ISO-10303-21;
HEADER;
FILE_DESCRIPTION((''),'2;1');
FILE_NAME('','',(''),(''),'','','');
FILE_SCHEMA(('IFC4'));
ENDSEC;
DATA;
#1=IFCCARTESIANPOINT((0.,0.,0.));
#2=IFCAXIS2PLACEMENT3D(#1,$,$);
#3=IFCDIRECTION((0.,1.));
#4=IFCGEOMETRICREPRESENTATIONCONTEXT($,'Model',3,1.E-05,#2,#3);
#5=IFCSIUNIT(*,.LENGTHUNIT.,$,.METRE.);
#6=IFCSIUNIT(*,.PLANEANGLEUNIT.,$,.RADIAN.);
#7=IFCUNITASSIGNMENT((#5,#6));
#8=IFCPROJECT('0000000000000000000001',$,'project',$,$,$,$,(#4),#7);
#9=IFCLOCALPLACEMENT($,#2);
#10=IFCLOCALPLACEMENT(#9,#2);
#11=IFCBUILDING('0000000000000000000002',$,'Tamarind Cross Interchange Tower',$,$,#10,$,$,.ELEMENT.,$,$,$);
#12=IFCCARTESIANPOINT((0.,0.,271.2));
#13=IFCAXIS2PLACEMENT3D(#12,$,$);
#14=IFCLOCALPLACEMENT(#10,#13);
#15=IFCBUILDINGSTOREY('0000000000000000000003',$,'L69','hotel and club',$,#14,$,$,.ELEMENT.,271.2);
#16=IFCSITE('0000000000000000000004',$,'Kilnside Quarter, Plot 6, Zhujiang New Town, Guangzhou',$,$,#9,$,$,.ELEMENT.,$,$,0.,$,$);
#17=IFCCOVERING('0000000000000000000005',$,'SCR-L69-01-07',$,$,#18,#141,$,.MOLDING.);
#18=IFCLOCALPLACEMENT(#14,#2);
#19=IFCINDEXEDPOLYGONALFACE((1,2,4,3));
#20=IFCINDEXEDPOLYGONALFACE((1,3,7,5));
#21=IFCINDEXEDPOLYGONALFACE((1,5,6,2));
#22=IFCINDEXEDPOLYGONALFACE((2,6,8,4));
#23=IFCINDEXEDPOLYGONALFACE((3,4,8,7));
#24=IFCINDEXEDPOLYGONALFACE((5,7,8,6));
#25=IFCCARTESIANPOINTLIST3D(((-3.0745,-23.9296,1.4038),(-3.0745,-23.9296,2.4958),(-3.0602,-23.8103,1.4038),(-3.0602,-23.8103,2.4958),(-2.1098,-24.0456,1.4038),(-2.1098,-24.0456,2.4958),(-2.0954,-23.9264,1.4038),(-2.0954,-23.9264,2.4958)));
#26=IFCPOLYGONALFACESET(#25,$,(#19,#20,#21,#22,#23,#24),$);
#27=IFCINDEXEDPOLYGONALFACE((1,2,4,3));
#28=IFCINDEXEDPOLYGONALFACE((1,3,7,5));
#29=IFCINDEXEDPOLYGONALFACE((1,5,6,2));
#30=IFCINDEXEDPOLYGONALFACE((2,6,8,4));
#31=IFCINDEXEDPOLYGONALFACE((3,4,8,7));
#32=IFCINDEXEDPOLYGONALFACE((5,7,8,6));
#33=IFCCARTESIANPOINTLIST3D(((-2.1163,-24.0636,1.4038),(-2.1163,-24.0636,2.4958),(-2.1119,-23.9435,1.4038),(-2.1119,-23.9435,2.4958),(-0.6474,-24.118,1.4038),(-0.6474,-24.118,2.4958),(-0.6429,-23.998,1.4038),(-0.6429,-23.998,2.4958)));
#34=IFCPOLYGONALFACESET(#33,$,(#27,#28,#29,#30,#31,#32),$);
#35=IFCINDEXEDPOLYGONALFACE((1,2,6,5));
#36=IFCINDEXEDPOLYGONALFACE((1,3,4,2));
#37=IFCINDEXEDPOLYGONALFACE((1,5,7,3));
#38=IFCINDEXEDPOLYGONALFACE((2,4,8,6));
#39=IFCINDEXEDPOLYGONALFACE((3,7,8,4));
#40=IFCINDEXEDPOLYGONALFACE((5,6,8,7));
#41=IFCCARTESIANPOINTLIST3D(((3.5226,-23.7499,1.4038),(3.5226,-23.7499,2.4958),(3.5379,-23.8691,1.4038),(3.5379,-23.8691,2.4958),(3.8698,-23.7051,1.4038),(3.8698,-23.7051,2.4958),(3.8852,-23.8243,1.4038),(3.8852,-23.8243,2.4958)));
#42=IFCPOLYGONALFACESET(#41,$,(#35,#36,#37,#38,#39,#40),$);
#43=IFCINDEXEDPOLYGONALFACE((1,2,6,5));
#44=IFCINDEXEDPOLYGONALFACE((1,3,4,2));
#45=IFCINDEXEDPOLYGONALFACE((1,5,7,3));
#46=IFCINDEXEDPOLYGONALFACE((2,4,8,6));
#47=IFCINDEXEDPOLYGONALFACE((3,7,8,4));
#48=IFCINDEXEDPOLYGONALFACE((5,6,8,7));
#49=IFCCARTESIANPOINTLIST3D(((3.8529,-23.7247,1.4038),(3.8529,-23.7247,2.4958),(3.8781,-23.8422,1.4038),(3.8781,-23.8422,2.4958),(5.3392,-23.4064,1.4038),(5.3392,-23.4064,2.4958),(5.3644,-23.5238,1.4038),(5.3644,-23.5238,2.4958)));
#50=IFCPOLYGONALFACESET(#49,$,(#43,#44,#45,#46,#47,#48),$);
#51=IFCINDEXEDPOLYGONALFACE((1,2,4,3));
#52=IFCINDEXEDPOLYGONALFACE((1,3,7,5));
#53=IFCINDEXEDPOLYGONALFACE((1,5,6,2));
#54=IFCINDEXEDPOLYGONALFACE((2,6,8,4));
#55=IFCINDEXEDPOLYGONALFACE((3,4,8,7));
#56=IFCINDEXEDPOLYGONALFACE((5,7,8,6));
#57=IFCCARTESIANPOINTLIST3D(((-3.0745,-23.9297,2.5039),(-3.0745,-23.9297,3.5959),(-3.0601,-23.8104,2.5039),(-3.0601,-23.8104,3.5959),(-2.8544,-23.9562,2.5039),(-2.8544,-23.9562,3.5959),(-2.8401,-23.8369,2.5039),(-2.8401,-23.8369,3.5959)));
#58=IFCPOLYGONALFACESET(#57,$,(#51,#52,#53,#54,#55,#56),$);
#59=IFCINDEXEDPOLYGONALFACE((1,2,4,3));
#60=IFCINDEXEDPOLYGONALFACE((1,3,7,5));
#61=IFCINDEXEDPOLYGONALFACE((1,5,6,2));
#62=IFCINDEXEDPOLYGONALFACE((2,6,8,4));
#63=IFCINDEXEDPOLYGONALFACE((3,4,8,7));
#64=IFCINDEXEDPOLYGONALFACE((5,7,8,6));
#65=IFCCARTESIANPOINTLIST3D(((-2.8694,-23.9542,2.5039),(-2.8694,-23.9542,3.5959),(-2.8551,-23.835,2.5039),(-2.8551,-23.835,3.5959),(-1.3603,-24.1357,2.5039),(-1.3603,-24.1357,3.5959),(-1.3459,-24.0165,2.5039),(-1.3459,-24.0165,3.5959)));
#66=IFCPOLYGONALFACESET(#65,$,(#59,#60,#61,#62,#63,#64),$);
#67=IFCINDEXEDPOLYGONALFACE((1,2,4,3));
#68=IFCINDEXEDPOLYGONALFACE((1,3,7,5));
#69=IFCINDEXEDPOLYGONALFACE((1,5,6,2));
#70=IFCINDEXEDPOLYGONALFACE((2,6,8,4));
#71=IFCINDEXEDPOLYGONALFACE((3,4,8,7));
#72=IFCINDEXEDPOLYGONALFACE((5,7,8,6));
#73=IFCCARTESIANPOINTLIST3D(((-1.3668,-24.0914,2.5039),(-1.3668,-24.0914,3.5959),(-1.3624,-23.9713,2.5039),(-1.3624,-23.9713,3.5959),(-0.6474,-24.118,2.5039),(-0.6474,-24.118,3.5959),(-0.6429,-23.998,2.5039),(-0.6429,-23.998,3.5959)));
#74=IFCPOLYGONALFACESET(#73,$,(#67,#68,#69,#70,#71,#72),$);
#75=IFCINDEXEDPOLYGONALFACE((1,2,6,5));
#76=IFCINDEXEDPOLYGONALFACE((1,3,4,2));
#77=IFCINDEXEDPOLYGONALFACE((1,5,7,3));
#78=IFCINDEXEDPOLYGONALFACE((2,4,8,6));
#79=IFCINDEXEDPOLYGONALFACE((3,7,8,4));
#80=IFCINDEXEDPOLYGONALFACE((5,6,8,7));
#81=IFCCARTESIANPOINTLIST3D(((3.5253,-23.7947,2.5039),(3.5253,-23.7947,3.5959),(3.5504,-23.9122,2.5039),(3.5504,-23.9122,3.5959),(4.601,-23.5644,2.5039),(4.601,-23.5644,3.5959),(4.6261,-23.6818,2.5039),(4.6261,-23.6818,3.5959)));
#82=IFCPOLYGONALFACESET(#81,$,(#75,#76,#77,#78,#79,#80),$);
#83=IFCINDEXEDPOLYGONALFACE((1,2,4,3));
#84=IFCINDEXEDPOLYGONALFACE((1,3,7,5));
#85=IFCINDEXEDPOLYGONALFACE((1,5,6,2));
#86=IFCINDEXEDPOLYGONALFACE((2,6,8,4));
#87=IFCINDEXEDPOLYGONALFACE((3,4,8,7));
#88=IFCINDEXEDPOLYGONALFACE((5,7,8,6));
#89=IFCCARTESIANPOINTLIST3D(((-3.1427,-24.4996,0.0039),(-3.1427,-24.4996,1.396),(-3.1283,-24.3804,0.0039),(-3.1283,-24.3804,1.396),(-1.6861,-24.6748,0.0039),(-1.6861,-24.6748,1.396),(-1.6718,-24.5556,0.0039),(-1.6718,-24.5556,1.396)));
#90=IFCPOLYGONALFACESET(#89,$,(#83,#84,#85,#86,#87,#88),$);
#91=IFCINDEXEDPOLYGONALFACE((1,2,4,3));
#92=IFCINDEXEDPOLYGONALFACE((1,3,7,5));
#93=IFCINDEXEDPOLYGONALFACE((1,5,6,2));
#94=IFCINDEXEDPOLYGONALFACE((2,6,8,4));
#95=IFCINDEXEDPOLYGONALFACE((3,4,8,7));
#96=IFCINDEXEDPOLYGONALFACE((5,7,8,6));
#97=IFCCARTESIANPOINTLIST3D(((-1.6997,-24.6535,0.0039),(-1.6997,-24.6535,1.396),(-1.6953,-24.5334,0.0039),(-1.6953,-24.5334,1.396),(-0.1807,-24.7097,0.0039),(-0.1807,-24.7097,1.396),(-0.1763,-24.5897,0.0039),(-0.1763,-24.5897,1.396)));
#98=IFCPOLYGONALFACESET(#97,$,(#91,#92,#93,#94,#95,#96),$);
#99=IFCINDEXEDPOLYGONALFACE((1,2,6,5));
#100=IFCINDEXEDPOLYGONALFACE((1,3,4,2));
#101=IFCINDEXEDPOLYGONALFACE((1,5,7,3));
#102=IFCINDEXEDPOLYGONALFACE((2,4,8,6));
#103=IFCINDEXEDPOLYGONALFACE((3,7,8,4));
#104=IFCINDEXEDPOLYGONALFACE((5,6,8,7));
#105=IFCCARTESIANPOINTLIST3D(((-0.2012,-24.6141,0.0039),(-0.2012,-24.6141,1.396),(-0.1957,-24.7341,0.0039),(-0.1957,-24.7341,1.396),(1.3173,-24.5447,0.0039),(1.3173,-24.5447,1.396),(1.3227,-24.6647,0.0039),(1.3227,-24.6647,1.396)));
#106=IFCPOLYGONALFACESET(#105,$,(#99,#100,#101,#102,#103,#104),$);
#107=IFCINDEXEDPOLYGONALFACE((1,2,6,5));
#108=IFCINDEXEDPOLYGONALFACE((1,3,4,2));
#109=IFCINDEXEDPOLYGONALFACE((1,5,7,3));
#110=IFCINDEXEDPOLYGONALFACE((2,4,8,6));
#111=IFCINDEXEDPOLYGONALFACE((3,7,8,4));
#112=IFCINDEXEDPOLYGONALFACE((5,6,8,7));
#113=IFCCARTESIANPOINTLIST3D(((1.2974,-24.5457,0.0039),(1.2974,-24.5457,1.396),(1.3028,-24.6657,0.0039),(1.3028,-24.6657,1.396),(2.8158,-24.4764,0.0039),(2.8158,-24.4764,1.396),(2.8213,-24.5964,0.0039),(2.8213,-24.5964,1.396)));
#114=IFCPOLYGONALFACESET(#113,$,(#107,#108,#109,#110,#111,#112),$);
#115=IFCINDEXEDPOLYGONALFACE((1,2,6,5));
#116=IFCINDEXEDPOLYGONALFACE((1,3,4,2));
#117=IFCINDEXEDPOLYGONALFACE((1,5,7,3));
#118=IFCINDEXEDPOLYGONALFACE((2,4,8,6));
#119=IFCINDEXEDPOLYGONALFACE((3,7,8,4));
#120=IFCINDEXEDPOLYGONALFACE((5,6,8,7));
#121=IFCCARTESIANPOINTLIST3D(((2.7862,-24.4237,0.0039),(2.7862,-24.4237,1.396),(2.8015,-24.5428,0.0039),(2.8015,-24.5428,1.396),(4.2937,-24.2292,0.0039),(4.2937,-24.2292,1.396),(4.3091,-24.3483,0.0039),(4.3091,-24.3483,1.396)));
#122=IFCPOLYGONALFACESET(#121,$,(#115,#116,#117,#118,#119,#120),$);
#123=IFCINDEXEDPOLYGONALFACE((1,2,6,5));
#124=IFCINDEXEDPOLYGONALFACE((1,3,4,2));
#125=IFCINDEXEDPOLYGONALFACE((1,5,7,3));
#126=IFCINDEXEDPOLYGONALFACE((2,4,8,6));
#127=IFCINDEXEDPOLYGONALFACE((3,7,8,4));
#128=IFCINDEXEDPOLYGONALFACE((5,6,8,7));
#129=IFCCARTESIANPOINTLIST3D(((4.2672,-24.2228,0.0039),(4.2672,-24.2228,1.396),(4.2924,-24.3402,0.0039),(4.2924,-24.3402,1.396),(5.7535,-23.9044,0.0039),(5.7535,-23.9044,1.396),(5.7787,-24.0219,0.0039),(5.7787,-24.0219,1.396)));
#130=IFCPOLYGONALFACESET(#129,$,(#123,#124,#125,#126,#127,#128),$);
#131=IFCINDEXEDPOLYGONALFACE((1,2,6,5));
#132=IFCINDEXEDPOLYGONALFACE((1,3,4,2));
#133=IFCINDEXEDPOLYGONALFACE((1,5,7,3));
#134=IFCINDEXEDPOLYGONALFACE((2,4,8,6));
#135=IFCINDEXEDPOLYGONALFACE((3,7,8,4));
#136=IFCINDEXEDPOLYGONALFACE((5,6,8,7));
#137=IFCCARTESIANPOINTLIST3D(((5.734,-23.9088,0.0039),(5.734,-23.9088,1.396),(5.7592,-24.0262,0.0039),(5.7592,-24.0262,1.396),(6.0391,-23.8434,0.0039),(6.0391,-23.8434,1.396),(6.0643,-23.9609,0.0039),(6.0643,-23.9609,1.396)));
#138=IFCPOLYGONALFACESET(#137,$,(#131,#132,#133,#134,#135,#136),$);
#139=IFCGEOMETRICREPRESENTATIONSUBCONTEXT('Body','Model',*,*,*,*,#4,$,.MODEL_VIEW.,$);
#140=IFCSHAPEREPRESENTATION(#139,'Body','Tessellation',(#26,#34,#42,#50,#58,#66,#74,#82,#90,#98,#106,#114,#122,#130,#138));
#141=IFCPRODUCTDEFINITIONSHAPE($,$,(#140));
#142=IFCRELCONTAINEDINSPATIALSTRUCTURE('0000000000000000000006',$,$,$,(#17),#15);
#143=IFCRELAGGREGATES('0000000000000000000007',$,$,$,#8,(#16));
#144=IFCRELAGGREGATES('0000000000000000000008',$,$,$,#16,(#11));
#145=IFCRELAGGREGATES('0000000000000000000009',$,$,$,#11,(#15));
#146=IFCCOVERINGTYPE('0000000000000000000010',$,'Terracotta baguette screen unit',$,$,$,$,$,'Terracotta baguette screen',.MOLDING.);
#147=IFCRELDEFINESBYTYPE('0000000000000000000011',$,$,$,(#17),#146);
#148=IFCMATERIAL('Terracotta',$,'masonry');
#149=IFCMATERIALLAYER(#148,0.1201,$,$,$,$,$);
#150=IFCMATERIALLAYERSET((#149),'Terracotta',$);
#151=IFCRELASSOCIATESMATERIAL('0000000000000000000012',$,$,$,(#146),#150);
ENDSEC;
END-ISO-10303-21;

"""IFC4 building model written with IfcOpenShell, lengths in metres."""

from ifc_helpers import new_model, si_unit, direction, frame, origin, origin_2d, place, context, subcontext, project, spatial, rectangle, extrude, material, layer, layer_set, type_object, element, save


model = new_model("IFC4")

# Units and contexts
model_context = context("Model", 3, precision=1e-05, world=origin(), true_north=direction((0.0, 1.0)))
body_context = subcontext(model_context, "Body", "Model", "MODEL_VIEW")
ifc_project = project(units=[si_unit("LENGTHUNIT", "METRE"), si_unit("PLANEANGLEUNIT", "RADIAN")], contexts=[model_context])

# Site, building, storey
site_placement = place(None, origin())
site = spatial("IfcSite", under=ifc_project, at=site_placement, Name="Kilnside Quarter, Plot 6, Zhujiang New Town, Guangzhou", CompositionType="ELEMENT", RefElevation=0.0)
building_placement = place(site_placement, origin())
building = spatial("IfcBuilding", under=site, at=building_placement, Name="Tamarind Cross Interchange Tower", CompositionType="ELEMENT")
storey_placement = place(building_placement, frame((0.0, 0.0, 271.2)))
storey = spatial("IfcBuildingStorey", under=building, at=storey_placement, Name="L69", Description="hotel and club", CompositionType="ELEMENT", Elevation=271.2)

# Covering
ifc_material_1 = material(Name="Terracotta", Category="masonry")
ifc_layer_1 = layer(ifc_material_1, 0.1201)
ifc_layer_set_1 = layer_set([ifc_layer_1], Name="Terracotta")
covering_type = type_object("IfcCoveringType", Name="Terracotta baguette screen unit", ElementType="Terracotta baguette screen", PredefinedType="MOLDING", material=ifc_layer_set_1)
covering_1_placement = place(storey_placement, origin())
element("IfcCovering", 1, at=covering_1_placement, inside=storey, type_object=covering_type, Name="SCR-L69-01-07", PredefinedType="MOLDING", context=body_context, shape_type="SweptSolid", body=[
    extrude(rectangle(XDim=0.9717, YDim=0.1201, at=origin_2d()), frame((-2.585, -23.928, 1.4038), z_axis=(0.0, 0.0, 1.0), x_axis=(0.992844, -0.119421, 0.0)), (0.0, 0.0, 1.0), 1.092),
    extrude(rectangle(XDim=1.47, YDim=0.1201, at=origin_2d()), frame((-1.3796, -24.0308, 1.4038), z_axis=(0.0, 0.0, 1.0), x_axis=(0.999314, -0.037025, 0.0)), (0.0, 0.0, 1.0), 1.092),
    extrude(rectangle(XDim=0.3501, YDim=0.1201, at=origin_2d()), frame((3.7039, -23.7871, 1.4038), z_axis=(0.0, 0.0, 1.0), x_axis=(0.991779, 0.127962, 0.0)), (0.0, 0.0, 1.0), 1.092),
    extrude(rectangle(XDim=1.52, YDim=0.1201, at=origin_2d()), frame((4.6086, -23.6243, 1.4038), z_axis=(0.0, 0.0, 1.0), x_axis=(0.977825, 0.209425, 0.0)), (0.0, 0.0, 1.0), 1.092),
    extrude(rectangle(XDim=0.2217, YDim=0.1201, at=origin_2d()), frame((-2.9573, -23.8833, 2.5039), z_axis=(0.0, 0.0, 1.0), x_axis=(0.992844, -0.119421, 0.0)), (0.0, 0.0, 1.0), 1.092),
    extrude(rectangle(XDim=1.52, YDim=0.1201, at=origin_2d()), frame((-2.1077, -23.9854, 2.5039), z_axis=(0.0, 0.0, 1.0), x_axis=(0.992844, -0.119421, 0.0)), (0.0, 0.0, 1.0), 1.092),
    extrude(rectangle(XDim=0.72, YDim=0.1201, at=origin_2d()), frame((-1.0049, -24.0447, 2.5039), z_axis=(0.0, 0.0, 1.0), x_axis=(0.999314, -0.037025, 0.0)), (0.0, 0.0, 1.0), 1.092),
    extrude(rectangle(XDim=1.1001, YDim=0.1201, at=origin_2d()), frame((4.0757, -23.7383, 2.5039), z_axis=(0.0, 0.0, 1.0), x_axis=(0.977825, 0.209425, 0.0)), (0.0, 0.0, 1.0), 1.092),
    extrude(rectangle(XDim=1.467, YDim=0.1201, at=origin_2d()), frame((-2.4072, -24.5276, 0.0039), z_axis=(0.0, 0.0, 1.0), x_axis=(0.992844, -0.119421, 0.0)), (0.0, 0.0, 1.0), 1.3921),
    extrude(rectangle(XDim=1.52, YDim=0.1201, at=origin_2d()), frame((-0.938, -24.6216, 0.0039), z_axis=(0.0, 0.0, 1.0), x_axis=(0.999314, -0.037025, 0.0)), (0.0, 0.0, 1.0), 1.3921),
    extrude(rectangle(XDim=1.52, YDim=0.1201, at=origin_2d()), frame((0.5608, -24.6394, 0.0039), z_axis=(0.0, 0.0, 1.0), x_axis=(0.998959, 0.045624, 0.0)), (0.0, 0.0, 1.0), 1.3921),
    extrude(rectangle(XDim=1.52, YDim=0.1201, at=origin_2d()), frame((2.0593, -24.571, 0.0039), z_axis=(0.0, 0.0, 1.0), x_axis=(0.998959, 0.045624, 0.0)), (0.0, 0.0, 1.0), 1.3921),
    extrude(rectangle(XDim=1.52, YDim=0.1201, at=origin_2d()), frame((3.5476, -24.386, 0.0039), z_axis=(0.0, 0.0, 1.0), x_axis=(0.991779, 0.127962, 0.0)), (0.0, 0.0, 1.0), 1.3921),
    extrude(rectangle(XDim=1.52, YDim=0.1201, at=origin_2d()), frame((5.0229, -24.1223, 0.0039), z_axis=(0.0, 0.0, 1.0), x_axis=(0.977825, 0.209425, 0.0)), (0.0, 0.0, 1.0), 1.3921),
    extrude(rectangle(XDim=0.312, YDim=0.1201, at=origin_2d()), frame((5.8992, -23.9348, 0.0039), z_axis=(0.0, 0.0, 1.0), x_axis=(0.977825, 0.209425, 0.0)), (0.0, 0.0, 1.0), 1.3921),
])

save(model, "model.ifc")
